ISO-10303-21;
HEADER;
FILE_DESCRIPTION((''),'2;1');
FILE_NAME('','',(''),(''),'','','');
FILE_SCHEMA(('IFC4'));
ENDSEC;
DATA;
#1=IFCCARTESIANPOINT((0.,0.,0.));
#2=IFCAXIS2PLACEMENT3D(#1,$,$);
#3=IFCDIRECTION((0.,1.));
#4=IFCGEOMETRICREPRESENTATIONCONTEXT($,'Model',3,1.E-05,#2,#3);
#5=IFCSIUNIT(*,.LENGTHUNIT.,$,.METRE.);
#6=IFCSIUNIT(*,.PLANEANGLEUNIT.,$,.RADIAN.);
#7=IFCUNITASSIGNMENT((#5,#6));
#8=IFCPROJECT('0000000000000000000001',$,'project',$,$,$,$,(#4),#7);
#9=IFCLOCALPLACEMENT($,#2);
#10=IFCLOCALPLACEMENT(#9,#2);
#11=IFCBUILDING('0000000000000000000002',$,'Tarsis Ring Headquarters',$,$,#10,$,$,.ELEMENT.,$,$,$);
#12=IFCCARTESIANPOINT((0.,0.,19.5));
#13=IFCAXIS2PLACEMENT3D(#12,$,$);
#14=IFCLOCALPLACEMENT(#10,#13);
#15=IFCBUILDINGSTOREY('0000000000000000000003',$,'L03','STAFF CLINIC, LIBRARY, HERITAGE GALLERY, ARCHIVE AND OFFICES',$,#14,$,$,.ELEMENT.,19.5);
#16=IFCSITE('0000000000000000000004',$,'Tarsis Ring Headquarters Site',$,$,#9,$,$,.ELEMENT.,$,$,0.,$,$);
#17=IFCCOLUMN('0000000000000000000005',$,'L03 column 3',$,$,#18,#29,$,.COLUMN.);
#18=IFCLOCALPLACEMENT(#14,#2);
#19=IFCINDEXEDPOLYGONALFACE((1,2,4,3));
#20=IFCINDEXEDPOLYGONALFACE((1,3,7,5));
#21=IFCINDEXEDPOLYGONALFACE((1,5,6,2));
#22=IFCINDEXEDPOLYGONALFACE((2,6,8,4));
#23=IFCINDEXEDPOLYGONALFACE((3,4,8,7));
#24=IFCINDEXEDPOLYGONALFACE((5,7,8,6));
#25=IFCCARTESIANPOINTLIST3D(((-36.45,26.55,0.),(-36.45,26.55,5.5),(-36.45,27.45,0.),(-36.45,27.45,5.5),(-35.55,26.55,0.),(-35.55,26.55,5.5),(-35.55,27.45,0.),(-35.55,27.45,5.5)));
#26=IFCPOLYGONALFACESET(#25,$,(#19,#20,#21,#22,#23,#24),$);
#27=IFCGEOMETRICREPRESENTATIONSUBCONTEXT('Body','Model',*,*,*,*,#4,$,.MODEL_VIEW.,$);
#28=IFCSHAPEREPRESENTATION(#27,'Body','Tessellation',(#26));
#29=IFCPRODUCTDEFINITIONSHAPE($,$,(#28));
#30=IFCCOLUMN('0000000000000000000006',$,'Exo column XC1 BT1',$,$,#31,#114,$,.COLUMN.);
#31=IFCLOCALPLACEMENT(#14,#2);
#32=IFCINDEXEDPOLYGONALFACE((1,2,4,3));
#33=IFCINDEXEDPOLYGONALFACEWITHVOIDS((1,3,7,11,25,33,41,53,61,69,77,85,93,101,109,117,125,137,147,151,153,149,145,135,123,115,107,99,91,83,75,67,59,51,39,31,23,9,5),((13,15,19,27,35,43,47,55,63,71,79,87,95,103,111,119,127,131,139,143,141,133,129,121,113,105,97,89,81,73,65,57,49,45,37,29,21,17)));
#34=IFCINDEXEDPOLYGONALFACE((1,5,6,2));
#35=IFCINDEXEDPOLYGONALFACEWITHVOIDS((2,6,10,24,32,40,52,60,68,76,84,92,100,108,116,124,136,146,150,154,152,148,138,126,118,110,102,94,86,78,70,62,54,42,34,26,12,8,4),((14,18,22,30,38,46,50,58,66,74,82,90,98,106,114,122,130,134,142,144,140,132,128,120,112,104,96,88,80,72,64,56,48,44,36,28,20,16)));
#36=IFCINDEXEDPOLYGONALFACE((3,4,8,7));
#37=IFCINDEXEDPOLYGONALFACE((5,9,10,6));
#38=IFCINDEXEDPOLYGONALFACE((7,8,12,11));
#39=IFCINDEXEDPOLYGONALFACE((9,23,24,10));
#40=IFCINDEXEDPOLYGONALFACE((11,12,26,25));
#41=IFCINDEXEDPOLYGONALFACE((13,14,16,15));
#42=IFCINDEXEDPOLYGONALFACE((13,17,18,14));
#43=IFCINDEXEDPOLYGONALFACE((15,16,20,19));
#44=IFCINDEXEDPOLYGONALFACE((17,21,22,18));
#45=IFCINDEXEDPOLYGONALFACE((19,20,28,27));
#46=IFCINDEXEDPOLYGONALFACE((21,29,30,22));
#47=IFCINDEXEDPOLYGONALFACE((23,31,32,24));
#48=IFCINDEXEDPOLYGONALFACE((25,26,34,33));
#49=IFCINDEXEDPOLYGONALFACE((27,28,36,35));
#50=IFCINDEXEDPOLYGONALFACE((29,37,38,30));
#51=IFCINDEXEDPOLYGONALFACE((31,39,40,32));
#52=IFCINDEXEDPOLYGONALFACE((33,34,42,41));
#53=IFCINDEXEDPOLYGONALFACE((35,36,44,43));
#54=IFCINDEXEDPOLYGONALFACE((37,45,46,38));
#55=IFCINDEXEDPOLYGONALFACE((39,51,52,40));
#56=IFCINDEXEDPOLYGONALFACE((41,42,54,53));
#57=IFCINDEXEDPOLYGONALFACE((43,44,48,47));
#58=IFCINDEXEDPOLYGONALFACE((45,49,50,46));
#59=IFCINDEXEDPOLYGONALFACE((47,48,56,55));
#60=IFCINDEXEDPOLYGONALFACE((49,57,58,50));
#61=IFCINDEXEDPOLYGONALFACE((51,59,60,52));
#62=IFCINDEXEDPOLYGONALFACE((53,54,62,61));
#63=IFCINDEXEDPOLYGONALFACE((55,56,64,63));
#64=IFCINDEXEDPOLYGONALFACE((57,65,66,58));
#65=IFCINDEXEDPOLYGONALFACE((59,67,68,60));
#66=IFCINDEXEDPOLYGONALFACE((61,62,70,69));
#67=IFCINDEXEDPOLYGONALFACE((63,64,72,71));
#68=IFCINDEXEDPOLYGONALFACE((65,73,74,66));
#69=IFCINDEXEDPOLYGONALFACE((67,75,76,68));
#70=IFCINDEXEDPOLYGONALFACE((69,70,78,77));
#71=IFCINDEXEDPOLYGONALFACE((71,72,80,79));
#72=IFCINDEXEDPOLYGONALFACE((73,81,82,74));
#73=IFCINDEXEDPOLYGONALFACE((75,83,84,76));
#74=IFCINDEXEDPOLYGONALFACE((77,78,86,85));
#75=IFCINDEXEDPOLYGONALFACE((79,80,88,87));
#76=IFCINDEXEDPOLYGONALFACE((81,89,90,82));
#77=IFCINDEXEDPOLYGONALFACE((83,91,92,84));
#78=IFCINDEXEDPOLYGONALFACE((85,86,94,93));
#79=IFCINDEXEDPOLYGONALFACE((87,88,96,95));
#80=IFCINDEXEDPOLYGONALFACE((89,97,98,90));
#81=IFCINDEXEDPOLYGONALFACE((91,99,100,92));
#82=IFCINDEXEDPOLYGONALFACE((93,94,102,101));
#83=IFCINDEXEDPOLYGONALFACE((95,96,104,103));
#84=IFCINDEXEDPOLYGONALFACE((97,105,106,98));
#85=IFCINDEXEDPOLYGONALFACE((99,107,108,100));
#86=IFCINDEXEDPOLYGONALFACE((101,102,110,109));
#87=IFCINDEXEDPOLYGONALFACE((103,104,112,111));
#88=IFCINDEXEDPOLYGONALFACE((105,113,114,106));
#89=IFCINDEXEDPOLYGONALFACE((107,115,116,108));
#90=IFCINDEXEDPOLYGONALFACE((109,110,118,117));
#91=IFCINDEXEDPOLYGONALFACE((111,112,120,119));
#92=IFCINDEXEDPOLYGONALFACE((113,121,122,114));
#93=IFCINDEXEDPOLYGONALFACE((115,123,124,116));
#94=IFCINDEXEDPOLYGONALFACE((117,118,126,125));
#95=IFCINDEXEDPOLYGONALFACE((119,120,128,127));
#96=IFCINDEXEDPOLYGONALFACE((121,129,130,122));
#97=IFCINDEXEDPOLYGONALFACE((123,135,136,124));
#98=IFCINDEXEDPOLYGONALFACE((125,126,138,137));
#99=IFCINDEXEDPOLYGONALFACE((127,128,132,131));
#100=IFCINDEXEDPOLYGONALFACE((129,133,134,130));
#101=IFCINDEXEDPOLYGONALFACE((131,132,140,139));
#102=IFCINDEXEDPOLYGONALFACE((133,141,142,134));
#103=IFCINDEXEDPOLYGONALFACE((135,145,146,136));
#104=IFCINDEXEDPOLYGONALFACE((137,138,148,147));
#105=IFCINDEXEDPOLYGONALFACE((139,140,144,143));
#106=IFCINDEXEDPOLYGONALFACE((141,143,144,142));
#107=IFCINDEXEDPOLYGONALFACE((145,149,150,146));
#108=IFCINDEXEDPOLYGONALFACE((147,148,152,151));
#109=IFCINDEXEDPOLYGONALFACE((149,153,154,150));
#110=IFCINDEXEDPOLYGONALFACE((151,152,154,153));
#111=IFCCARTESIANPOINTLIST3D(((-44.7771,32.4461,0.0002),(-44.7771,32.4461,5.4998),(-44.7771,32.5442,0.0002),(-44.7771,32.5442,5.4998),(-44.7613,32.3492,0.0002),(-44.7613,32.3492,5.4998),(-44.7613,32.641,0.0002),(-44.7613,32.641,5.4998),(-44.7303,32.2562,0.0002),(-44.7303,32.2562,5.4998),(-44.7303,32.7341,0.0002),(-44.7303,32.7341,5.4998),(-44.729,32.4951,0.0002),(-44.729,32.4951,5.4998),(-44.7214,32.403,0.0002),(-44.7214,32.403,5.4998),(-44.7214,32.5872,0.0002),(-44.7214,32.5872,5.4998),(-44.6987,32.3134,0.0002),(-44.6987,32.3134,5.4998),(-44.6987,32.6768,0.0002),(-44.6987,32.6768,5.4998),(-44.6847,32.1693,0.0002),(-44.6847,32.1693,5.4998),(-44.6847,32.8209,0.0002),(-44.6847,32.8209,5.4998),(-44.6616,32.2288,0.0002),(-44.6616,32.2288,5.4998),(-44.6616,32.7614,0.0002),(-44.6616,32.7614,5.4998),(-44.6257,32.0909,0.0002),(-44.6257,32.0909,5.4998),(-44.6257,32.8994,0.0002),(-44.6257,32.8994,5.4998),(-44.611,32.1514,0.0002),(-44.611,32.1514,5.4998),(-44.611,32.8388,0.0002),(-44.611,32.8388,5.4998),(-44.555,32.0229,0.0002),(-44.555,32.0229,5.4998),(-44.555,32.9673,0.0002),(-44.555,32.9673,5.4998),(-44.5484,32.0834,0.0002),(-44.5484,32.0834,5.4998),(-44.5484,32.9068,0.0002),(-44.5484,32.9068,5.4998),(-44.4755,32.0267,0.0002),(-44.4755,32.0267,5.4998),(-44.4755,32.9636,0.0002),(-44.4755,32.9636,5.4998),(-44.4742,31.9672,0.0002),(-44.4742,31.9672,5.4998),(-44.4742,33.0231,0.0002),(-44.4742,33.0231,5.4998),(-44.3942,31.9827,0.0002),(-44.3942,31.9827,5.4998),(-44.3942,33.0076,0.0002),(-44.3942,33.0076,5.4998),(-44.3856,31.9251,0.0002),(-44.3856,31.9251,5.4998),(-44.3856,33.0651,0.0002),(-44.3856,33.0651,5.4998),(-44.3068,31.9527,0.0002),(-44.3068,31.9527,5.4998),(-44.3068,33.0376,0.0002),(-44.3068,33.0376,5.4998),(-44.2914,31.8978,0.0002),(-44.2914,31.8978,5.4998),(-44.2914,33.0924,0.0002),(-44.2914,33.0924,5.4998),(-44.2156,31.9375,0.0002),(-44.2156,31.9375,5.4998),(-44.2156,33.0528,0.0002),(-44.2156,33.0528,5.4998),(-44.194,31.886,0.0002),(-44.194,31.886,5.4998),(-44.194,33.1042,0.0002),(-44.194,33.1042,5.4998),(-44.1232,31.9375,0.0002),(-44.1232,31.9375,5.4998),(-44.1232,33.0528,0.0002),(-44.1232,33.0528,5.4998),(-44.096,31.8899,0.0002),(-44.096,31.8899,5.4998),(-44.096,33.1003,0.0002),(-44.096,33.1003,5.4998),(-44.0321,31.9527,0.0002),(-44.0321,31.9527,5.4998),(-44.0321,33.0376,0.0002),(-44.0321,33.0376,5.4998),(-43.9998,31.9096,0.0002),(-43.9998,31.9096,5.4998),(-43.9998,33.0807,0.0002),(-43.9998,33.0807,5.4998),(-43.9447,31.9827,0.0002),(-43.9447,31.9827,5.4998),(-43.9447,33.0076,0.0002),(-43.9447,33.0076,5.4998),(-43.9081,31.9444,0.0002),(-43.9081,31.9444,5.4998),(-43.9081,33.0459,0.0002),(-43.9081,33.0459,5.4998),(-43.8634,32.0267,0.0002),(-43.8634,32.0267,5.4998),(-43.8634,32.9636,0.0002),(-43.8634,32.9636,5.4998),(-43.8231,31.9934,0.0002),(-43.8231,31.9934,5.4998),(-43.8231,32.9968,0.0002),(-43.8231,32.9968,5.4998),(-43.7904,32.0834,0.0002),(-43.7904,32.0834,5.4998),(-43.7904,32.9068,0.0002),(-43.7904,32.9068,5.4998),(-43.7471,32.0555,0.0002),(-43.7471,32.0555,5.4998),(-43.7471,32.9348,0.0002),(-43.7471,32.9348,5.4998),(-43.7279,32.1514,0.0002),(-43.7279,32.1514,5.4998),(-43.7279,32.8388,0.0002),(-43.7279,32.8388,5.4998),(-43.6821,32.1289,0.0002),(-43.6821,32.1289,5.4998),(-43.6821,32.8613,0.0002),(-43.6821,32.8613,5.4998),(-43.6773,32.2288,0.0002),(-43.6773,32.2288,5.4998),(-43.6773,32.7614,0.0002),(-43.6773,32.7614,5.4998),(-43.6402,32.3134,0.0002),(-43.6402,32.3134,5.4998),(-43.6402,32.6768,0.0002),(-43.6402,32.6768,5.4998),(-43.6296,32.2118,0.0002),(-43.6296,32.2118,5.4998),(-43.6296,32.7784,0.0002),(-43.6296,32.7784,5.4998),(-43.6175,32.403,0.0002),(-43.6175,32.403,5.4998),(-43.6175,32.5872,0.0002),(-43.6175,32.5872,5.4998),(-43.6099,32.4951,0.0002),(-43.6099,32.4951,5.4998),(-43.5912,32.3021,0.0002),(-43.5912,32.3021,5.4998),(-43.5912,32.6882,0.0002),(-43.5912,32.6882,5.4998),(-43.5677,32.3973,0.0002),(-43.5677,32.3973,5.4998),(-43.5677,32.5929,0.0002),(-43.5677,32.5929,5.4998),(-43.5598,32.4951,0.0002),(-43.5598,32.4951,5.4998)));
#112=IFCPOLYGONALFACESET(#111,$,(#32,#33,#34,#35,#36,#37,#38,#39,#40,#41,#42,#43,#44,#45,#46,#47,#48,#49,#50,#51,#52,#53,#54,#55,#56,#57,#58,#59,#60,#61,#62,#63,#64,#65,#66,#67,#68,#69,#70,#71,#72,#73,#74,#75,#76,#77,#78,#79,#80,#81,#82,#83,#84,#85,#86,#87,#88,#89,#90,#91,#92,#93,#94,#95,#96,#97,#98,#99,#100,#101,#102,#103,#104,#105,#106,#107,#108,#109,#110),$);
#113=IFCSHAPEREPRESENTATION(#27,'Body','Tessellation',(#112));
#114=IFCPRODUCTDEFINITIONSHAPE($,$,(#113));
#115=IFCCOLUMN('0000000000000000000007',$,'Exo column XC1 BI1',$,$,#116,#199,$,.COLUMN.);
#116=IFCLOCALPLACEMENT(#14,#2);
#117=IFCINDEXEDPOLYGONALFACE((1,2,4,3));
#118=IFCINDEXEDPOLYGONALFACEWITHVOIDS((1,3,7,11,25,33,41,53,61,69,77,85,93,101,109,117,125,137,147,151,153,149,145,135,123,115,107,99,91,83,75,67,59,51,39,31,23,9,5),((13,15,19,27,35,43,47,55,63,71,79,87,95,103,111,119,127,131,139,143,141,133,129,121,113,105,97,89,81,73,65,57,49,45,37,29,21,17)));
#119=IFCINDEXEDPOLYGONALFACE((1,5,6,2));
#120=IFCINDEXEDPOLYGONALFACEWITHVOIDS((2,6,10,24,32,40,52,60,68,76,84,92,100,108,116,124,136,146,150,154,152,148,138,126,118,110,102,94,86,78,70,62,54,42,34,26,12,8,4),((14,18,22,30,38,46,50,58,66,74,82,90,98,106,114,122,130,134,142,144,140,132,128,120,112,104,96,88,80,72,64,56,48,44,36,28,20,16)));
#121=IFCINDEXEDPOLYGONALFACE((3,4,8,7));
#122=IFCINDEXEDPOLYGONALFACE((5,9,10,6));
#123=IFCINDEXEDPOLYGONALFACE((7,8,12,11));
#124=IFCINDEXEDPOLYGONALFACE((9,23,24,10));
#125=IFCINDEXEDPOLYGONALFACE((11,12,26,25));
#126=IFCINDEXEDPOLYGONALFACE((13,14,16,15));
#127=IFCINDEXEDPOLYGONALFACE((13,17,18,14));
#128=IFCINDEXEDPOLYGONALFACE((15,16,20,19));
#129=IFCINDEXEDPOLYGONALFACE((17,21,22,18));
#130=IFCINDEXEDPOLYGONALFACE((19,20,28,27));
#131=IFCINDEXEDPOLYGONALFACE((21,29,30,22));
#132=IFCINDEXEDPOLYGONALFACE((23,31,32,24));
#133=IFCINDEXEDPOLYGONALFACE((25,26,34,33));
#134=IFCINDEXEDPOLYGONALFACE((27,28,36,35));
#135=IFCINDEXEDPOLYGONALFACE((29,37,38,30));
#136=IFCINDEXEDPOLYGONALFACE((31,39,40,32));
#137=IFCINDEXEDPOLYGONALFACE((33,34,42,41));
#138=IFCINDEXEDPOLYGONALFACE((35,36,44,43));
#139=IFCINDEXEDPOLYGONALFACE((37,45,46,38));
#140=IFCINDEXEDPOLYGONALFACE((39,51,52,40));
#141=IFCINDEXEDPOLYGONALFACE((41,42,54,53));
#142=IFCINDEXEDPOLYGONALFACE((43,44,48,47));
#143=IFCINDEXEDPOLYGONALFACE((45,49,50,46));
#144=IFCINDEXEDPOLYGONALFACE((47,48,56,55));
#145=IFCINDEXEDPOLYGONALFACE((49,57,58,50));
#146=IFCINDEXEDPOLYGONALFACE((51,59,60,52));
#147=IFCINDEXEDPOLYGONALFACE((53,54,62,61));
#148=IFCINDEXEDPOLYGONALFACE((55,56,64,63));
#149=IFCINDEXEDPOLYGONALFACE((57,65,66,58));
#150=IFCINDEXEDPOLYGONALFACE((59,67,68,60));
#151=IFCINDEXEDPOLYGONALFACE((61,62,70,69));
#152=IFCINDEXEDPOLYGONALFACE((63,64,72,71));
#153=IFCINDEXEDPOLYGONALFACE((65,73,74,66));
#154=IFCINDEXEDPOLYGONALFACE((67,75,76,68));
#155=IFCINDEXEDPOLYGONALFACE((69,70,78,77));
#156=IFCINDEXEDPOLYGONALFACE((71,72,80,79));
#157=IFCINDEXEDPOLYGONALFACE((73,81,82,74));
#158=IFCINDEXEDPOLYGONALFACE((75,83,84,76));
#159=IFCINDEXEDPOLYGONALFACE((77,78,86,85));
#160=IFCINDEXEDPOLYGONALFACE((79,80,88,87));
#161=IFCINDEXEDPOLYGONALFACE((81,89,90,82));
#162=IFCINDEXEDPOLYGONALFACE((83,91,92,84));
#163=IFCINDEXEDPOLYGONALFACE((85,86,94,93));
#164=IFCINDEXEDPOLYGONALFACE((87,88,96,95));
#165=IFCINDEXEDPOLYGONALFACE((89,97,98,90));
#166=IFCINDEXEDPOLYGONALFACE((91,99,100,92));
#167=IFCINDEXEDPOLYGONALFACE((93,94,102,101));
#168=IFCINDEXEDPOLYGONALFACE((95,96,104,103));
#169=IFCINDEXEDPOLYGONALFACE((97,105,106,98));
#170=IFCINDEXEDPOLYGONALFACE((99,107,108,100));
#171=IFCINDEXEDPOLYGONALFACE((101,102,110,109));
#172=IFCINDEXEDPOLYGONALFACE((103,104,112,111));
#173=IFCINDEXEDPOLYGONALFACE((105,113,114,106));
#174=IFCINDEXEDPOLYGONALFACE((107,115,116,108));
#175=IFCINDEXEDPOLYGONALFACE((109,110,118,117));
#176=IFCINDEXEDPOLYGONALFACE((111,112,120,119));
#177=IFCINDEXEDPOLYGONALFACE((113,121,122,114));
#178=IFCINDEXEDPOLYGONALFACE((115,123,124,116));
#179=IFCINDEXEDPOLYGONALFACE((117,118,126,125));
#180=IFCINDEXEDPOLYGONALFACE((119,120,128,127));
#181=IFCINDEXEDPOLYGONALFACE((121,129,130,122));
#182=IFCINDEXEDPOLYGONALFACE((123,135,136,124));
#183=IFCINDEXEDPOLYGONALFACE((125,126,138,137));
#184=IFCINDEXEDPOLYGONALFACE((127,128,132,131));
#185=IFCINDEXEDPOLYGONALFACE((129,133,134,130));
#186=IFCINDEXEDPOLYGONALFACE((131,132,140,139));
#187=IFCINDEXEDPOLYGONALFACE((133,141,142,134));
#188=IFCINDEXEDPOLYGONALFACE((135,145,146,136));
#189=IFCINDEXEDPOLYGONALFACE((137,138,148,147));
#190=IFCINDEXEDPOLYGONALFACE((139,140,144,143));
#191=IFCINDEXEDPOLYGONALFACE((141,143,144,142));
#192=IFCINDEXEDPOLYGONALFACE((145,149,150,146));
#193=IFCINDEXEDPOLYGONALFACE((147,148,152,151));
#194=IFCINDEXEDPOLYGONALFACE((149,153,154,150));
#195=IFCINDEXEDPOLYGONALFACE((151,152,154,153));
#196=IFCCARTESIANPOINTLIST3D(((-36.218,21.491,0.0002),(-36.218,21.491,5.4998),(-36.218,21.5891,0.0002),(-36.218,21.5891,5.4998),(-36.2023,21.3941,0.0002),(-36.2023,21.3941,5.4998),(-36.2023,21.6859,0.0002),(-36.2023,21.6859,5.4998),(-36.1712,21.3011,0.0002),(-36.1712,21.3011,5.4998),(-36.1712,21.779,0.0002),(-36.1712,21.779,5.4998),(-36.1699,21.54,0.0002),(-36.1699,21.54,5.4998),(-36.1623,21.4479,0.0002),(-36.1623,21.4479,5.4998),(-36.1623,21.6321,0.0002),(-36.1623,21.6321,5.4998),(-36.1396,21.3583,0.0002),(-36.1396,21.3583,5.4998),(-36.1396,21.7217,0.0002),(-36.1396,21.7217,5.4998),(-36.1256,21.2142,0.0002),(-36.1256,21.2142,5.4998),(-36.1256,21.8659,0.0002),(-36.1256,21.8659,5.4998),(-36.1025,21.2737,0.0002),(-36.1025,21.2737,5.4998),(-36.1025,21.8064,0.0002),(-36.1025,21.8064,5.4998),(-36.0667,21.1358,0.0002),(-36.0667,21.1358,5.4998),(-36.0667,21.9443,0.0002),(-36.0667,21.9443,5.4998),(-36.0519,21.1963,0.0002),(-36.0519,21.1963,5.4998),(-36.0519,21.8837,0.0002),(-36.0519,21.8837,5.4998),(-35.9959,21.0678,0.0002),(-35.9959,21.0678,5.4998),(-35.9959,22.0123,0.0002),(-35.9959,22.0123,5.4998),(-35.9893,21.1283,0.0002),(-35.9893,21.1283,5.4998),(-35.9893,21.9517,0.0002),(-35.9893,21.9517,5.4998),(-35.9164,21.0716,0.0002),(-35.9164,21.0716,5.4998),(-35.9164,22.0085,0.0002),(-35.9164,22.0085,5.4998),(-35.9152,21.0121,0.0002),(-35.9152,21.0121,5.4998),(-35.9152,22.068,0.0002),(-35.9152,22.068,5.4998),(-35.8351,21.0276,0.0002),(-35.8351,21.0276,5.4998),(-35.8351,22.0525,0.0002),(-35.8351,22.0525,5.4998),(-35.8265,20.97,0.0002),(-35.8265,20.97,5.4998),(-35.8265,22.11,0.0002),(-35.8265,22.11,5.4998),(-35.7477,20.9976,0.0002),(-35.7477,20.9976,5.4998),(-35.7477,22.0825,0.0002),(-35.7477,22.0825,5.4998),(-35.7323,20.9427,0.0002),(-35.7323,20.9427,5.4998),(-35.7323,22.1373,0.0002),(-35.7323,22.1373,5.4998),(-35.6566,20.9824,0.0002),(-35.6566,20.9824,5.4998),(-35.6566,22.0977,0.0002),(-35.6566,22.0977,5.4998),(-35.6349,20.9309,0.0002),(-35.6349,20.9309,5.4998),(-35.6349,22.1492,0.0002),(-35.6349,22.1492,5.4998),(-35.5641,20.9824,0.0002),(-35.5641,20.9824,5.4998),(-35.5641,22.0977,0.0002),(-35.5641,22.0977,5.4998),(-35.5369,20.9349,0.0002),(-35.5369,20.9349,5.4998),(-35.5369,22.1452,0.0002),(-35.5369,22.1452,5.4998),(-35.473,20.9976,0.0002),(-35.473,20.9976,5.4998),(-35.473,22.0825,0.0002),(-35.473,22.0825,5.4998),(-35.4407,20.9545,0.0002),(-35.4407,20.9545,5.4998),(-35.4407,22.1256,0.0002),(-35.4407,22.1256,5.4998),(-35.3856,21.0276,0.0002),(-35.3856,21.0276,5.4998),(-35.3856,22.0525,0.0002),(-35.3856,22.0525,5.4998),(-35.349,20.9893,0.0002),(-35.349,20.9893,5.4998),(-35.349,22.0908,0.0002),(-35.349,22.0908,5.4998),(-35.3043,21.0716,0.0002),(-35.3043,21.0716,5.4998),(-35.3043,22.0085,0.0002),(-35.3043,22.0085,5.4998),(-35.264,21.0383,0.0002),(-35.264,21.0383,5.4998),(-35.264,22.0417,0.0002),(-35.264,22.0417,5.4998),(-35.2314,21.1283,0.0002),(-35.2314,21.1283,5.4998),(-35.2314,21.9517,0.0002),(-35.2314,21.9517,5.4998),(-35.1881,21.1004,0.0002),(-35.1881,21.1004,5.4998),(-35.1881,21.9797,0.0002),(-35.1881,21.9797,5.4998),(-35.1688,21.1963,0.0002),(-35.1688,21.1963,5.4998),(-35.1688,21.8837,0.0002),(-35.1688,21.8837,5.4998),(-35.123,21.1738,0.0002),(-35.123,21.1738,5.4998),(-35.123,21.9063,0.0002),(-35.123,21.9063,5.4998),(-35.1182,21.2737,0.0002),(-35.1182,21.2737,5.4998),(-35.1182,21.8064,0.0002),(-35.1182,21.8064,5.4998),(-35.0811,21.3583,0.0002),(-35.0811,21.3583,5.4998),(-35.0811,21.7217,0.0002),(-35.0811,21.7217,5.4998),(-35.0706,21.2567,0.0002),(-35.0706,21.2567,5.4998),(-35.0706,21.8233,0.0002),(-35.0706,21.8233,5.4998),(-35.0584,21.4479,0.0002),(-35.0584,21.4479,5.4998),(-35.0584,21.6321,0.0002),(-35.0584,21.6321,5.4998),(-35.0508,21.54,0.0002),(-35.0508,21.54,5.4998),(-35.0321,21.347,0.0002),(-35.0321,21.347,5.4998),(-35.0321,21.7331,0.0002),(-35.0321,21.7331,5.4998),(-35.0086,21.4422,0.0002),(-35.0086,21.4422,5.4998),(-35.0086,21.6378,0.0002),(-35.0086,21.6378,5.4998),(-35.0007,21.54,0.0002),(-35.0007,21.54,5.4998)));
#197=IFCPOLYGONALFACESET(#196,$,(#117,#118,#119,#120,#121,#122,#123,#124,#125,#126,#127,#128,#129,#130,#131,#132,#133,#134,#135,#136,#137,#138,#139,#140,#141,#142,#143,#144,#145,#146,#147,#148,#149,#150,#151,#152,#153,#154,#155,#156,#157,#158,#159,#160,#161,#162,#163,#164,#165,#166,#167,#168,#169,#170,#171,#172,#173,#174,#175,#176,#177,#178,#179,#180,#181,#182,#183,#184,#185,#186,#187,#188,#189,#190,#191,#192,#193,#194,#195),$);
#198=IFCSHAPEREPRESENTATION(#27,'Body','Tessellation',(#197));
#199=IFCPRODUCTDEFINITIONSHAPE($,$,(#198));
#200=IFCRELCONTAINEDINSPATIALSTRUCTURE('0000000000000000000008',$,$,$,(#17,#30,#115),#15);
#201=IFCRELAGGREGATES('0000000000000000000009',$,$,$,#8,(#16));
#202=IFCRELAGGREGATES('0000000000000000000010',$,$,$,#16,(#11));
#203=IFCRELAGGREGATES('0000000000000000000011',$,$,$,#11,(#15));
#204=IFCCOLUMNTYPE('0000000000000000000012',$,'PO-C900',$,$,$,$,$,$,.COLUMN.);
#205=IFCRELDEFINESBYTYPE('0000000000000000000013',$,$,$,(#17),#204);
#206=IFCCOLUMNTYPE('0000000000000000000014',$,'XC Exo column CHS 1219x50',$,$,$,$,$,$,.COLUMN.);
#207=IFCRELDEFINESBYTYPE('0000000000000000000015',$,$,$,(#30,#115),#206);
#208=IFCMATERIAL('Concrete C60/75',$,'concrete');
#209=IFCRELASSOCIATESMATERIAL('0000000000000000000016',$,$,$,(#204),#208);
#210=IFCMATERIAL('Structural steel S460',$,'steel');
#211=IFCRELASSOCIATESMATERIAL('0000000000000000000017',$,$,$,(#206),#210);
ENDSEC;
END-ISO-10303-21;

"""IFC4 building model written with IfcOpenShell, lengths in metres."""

from ifc_helpers import new_model, si_unit, direction, frame, origin, origin_2d, place, context, subcontext, project, spatial, rectangle, hollow_circle, extrude, material, material_profile, profile_set, type_object, element, save


model = new_model("IFC4")

# Units and contexts
model_context = context("Model", 3, precision=1e-05, world=origin(), true_north=direction((0.0, 1.0)))
body_context = subcontext(model_context, "Body", "Model", "MODEL_VIEW")
ifc_project = project(units=[si_unit("LENGTHUNIT", "METRE"), si_unit("PLANEANGLEUNIT", "RADIAN")], contexts=[model_context])

# Site, building, storey
site_placement = place(None, origin())
site = spatial("IfcSite", under=ifc_project, at=site_placement, Name="Tarsis Ring Headquarters Site", CompositionType="ELEMENT", RefElevation=0.0)
building_placement = place(site_placement, origin())
building = spatial("IfcBuilding", under=site, at=building_placement, Name="Tarsis Ring Headquarters", CompositionType="ELEMENT")
storey_placement = place(building_placement, frame((0.0, 0.0, 19.5)))
storey = spatial("IfcBuildingStorey", under=building, at=storey_placement, Name="L03", Description="STAFF CLINIC, LIBRARY, HERITAGE GALLERY, ARCHIVE AND OFFICES", CompositionType="ELEMENT", Elevation=19.5)

# Columns
ifc_material_1 = material(Name="Concrete C60/75", Category="concrete")
ifc_material_profile_1 = material_profile(ifc_material_1, rectangle(XDim=0.8999, YDim=0.8999, at=origin_2d()), Name="PO-C900")
ifc_profile_set_1 = profile_set([ifc_material_profile_1], Name="Concrete C60/75")
column_type_1 = type_object("IfcColumnType", Name="PO-C900", PredefinedType="COLUMN", material=ifc_profile_set_1)
column_placement = place(storey_placement, frame((-36.0, 27.0, 0.0), z_axis=(0.0, 0.0, 1.0), x_axis=(1.0, 0.0, 0.0)))
element("IfcColumn", 1, at=column_placement, inside=storey, type_object=column_type_1, Name="L03 column 3", PredefinedType="COLUMN", context=body_context, shape_type="SweptSolid", body=[
    extrude(rectangle(XDim=0.8999, YDim=0.8999, at=origin_2d()), origin(), (0.0, 0.0, 1.0), 5.5),
])
ifc_material_2 = material(Name="Structural steel S460", Category="steel")
ifc_material_profile_2 = material_profile(ifc_material_2, hollow_circle(Radius=0.6096, WallThickness=0.05, at=origin_2d()), Name="CHS 1219x50")
ifc_profile_set_2 = profile_set([ifc_material_profile_2], Name="Structural steel S460")
column_type_2 = type_object("IfcColumnType", Name="XC Exo column CHS 1219x50", PredefinedType="COLUMN", material=ifc_profile_set_2)
for number, where, z_axis, x_axis, name in (
    (2, (-44.1694, 32.4951, 0.0002), (0.0, 0.0, 1.0), (1.0, 0.0, 0.0), "Exo column XC1 BT1"),
    (3, (-35.6104, 21.54, 0.0002), (0.0, 0.0, 1.0), (1.0, 0.0, 0.0), "Exo column XC1 BI1"),
):
    element("IfcColumn", number, at=place(storey_placement, frame(where, z_axis=z_axis, x_axis=x_axis)), inside=storey, type_object=column_type_2, Name=name, PredefinedType="COLUMN", context=body_context, shape_type="SweptSolid", body=[
        extrude(hollow_circle(Radius=0.6096, WallThickness=0.05, at=origin_2d()), origin(), (0.0, 0.0, 1.0), 5.4995),
    ])

save(model, "model.ifc")
